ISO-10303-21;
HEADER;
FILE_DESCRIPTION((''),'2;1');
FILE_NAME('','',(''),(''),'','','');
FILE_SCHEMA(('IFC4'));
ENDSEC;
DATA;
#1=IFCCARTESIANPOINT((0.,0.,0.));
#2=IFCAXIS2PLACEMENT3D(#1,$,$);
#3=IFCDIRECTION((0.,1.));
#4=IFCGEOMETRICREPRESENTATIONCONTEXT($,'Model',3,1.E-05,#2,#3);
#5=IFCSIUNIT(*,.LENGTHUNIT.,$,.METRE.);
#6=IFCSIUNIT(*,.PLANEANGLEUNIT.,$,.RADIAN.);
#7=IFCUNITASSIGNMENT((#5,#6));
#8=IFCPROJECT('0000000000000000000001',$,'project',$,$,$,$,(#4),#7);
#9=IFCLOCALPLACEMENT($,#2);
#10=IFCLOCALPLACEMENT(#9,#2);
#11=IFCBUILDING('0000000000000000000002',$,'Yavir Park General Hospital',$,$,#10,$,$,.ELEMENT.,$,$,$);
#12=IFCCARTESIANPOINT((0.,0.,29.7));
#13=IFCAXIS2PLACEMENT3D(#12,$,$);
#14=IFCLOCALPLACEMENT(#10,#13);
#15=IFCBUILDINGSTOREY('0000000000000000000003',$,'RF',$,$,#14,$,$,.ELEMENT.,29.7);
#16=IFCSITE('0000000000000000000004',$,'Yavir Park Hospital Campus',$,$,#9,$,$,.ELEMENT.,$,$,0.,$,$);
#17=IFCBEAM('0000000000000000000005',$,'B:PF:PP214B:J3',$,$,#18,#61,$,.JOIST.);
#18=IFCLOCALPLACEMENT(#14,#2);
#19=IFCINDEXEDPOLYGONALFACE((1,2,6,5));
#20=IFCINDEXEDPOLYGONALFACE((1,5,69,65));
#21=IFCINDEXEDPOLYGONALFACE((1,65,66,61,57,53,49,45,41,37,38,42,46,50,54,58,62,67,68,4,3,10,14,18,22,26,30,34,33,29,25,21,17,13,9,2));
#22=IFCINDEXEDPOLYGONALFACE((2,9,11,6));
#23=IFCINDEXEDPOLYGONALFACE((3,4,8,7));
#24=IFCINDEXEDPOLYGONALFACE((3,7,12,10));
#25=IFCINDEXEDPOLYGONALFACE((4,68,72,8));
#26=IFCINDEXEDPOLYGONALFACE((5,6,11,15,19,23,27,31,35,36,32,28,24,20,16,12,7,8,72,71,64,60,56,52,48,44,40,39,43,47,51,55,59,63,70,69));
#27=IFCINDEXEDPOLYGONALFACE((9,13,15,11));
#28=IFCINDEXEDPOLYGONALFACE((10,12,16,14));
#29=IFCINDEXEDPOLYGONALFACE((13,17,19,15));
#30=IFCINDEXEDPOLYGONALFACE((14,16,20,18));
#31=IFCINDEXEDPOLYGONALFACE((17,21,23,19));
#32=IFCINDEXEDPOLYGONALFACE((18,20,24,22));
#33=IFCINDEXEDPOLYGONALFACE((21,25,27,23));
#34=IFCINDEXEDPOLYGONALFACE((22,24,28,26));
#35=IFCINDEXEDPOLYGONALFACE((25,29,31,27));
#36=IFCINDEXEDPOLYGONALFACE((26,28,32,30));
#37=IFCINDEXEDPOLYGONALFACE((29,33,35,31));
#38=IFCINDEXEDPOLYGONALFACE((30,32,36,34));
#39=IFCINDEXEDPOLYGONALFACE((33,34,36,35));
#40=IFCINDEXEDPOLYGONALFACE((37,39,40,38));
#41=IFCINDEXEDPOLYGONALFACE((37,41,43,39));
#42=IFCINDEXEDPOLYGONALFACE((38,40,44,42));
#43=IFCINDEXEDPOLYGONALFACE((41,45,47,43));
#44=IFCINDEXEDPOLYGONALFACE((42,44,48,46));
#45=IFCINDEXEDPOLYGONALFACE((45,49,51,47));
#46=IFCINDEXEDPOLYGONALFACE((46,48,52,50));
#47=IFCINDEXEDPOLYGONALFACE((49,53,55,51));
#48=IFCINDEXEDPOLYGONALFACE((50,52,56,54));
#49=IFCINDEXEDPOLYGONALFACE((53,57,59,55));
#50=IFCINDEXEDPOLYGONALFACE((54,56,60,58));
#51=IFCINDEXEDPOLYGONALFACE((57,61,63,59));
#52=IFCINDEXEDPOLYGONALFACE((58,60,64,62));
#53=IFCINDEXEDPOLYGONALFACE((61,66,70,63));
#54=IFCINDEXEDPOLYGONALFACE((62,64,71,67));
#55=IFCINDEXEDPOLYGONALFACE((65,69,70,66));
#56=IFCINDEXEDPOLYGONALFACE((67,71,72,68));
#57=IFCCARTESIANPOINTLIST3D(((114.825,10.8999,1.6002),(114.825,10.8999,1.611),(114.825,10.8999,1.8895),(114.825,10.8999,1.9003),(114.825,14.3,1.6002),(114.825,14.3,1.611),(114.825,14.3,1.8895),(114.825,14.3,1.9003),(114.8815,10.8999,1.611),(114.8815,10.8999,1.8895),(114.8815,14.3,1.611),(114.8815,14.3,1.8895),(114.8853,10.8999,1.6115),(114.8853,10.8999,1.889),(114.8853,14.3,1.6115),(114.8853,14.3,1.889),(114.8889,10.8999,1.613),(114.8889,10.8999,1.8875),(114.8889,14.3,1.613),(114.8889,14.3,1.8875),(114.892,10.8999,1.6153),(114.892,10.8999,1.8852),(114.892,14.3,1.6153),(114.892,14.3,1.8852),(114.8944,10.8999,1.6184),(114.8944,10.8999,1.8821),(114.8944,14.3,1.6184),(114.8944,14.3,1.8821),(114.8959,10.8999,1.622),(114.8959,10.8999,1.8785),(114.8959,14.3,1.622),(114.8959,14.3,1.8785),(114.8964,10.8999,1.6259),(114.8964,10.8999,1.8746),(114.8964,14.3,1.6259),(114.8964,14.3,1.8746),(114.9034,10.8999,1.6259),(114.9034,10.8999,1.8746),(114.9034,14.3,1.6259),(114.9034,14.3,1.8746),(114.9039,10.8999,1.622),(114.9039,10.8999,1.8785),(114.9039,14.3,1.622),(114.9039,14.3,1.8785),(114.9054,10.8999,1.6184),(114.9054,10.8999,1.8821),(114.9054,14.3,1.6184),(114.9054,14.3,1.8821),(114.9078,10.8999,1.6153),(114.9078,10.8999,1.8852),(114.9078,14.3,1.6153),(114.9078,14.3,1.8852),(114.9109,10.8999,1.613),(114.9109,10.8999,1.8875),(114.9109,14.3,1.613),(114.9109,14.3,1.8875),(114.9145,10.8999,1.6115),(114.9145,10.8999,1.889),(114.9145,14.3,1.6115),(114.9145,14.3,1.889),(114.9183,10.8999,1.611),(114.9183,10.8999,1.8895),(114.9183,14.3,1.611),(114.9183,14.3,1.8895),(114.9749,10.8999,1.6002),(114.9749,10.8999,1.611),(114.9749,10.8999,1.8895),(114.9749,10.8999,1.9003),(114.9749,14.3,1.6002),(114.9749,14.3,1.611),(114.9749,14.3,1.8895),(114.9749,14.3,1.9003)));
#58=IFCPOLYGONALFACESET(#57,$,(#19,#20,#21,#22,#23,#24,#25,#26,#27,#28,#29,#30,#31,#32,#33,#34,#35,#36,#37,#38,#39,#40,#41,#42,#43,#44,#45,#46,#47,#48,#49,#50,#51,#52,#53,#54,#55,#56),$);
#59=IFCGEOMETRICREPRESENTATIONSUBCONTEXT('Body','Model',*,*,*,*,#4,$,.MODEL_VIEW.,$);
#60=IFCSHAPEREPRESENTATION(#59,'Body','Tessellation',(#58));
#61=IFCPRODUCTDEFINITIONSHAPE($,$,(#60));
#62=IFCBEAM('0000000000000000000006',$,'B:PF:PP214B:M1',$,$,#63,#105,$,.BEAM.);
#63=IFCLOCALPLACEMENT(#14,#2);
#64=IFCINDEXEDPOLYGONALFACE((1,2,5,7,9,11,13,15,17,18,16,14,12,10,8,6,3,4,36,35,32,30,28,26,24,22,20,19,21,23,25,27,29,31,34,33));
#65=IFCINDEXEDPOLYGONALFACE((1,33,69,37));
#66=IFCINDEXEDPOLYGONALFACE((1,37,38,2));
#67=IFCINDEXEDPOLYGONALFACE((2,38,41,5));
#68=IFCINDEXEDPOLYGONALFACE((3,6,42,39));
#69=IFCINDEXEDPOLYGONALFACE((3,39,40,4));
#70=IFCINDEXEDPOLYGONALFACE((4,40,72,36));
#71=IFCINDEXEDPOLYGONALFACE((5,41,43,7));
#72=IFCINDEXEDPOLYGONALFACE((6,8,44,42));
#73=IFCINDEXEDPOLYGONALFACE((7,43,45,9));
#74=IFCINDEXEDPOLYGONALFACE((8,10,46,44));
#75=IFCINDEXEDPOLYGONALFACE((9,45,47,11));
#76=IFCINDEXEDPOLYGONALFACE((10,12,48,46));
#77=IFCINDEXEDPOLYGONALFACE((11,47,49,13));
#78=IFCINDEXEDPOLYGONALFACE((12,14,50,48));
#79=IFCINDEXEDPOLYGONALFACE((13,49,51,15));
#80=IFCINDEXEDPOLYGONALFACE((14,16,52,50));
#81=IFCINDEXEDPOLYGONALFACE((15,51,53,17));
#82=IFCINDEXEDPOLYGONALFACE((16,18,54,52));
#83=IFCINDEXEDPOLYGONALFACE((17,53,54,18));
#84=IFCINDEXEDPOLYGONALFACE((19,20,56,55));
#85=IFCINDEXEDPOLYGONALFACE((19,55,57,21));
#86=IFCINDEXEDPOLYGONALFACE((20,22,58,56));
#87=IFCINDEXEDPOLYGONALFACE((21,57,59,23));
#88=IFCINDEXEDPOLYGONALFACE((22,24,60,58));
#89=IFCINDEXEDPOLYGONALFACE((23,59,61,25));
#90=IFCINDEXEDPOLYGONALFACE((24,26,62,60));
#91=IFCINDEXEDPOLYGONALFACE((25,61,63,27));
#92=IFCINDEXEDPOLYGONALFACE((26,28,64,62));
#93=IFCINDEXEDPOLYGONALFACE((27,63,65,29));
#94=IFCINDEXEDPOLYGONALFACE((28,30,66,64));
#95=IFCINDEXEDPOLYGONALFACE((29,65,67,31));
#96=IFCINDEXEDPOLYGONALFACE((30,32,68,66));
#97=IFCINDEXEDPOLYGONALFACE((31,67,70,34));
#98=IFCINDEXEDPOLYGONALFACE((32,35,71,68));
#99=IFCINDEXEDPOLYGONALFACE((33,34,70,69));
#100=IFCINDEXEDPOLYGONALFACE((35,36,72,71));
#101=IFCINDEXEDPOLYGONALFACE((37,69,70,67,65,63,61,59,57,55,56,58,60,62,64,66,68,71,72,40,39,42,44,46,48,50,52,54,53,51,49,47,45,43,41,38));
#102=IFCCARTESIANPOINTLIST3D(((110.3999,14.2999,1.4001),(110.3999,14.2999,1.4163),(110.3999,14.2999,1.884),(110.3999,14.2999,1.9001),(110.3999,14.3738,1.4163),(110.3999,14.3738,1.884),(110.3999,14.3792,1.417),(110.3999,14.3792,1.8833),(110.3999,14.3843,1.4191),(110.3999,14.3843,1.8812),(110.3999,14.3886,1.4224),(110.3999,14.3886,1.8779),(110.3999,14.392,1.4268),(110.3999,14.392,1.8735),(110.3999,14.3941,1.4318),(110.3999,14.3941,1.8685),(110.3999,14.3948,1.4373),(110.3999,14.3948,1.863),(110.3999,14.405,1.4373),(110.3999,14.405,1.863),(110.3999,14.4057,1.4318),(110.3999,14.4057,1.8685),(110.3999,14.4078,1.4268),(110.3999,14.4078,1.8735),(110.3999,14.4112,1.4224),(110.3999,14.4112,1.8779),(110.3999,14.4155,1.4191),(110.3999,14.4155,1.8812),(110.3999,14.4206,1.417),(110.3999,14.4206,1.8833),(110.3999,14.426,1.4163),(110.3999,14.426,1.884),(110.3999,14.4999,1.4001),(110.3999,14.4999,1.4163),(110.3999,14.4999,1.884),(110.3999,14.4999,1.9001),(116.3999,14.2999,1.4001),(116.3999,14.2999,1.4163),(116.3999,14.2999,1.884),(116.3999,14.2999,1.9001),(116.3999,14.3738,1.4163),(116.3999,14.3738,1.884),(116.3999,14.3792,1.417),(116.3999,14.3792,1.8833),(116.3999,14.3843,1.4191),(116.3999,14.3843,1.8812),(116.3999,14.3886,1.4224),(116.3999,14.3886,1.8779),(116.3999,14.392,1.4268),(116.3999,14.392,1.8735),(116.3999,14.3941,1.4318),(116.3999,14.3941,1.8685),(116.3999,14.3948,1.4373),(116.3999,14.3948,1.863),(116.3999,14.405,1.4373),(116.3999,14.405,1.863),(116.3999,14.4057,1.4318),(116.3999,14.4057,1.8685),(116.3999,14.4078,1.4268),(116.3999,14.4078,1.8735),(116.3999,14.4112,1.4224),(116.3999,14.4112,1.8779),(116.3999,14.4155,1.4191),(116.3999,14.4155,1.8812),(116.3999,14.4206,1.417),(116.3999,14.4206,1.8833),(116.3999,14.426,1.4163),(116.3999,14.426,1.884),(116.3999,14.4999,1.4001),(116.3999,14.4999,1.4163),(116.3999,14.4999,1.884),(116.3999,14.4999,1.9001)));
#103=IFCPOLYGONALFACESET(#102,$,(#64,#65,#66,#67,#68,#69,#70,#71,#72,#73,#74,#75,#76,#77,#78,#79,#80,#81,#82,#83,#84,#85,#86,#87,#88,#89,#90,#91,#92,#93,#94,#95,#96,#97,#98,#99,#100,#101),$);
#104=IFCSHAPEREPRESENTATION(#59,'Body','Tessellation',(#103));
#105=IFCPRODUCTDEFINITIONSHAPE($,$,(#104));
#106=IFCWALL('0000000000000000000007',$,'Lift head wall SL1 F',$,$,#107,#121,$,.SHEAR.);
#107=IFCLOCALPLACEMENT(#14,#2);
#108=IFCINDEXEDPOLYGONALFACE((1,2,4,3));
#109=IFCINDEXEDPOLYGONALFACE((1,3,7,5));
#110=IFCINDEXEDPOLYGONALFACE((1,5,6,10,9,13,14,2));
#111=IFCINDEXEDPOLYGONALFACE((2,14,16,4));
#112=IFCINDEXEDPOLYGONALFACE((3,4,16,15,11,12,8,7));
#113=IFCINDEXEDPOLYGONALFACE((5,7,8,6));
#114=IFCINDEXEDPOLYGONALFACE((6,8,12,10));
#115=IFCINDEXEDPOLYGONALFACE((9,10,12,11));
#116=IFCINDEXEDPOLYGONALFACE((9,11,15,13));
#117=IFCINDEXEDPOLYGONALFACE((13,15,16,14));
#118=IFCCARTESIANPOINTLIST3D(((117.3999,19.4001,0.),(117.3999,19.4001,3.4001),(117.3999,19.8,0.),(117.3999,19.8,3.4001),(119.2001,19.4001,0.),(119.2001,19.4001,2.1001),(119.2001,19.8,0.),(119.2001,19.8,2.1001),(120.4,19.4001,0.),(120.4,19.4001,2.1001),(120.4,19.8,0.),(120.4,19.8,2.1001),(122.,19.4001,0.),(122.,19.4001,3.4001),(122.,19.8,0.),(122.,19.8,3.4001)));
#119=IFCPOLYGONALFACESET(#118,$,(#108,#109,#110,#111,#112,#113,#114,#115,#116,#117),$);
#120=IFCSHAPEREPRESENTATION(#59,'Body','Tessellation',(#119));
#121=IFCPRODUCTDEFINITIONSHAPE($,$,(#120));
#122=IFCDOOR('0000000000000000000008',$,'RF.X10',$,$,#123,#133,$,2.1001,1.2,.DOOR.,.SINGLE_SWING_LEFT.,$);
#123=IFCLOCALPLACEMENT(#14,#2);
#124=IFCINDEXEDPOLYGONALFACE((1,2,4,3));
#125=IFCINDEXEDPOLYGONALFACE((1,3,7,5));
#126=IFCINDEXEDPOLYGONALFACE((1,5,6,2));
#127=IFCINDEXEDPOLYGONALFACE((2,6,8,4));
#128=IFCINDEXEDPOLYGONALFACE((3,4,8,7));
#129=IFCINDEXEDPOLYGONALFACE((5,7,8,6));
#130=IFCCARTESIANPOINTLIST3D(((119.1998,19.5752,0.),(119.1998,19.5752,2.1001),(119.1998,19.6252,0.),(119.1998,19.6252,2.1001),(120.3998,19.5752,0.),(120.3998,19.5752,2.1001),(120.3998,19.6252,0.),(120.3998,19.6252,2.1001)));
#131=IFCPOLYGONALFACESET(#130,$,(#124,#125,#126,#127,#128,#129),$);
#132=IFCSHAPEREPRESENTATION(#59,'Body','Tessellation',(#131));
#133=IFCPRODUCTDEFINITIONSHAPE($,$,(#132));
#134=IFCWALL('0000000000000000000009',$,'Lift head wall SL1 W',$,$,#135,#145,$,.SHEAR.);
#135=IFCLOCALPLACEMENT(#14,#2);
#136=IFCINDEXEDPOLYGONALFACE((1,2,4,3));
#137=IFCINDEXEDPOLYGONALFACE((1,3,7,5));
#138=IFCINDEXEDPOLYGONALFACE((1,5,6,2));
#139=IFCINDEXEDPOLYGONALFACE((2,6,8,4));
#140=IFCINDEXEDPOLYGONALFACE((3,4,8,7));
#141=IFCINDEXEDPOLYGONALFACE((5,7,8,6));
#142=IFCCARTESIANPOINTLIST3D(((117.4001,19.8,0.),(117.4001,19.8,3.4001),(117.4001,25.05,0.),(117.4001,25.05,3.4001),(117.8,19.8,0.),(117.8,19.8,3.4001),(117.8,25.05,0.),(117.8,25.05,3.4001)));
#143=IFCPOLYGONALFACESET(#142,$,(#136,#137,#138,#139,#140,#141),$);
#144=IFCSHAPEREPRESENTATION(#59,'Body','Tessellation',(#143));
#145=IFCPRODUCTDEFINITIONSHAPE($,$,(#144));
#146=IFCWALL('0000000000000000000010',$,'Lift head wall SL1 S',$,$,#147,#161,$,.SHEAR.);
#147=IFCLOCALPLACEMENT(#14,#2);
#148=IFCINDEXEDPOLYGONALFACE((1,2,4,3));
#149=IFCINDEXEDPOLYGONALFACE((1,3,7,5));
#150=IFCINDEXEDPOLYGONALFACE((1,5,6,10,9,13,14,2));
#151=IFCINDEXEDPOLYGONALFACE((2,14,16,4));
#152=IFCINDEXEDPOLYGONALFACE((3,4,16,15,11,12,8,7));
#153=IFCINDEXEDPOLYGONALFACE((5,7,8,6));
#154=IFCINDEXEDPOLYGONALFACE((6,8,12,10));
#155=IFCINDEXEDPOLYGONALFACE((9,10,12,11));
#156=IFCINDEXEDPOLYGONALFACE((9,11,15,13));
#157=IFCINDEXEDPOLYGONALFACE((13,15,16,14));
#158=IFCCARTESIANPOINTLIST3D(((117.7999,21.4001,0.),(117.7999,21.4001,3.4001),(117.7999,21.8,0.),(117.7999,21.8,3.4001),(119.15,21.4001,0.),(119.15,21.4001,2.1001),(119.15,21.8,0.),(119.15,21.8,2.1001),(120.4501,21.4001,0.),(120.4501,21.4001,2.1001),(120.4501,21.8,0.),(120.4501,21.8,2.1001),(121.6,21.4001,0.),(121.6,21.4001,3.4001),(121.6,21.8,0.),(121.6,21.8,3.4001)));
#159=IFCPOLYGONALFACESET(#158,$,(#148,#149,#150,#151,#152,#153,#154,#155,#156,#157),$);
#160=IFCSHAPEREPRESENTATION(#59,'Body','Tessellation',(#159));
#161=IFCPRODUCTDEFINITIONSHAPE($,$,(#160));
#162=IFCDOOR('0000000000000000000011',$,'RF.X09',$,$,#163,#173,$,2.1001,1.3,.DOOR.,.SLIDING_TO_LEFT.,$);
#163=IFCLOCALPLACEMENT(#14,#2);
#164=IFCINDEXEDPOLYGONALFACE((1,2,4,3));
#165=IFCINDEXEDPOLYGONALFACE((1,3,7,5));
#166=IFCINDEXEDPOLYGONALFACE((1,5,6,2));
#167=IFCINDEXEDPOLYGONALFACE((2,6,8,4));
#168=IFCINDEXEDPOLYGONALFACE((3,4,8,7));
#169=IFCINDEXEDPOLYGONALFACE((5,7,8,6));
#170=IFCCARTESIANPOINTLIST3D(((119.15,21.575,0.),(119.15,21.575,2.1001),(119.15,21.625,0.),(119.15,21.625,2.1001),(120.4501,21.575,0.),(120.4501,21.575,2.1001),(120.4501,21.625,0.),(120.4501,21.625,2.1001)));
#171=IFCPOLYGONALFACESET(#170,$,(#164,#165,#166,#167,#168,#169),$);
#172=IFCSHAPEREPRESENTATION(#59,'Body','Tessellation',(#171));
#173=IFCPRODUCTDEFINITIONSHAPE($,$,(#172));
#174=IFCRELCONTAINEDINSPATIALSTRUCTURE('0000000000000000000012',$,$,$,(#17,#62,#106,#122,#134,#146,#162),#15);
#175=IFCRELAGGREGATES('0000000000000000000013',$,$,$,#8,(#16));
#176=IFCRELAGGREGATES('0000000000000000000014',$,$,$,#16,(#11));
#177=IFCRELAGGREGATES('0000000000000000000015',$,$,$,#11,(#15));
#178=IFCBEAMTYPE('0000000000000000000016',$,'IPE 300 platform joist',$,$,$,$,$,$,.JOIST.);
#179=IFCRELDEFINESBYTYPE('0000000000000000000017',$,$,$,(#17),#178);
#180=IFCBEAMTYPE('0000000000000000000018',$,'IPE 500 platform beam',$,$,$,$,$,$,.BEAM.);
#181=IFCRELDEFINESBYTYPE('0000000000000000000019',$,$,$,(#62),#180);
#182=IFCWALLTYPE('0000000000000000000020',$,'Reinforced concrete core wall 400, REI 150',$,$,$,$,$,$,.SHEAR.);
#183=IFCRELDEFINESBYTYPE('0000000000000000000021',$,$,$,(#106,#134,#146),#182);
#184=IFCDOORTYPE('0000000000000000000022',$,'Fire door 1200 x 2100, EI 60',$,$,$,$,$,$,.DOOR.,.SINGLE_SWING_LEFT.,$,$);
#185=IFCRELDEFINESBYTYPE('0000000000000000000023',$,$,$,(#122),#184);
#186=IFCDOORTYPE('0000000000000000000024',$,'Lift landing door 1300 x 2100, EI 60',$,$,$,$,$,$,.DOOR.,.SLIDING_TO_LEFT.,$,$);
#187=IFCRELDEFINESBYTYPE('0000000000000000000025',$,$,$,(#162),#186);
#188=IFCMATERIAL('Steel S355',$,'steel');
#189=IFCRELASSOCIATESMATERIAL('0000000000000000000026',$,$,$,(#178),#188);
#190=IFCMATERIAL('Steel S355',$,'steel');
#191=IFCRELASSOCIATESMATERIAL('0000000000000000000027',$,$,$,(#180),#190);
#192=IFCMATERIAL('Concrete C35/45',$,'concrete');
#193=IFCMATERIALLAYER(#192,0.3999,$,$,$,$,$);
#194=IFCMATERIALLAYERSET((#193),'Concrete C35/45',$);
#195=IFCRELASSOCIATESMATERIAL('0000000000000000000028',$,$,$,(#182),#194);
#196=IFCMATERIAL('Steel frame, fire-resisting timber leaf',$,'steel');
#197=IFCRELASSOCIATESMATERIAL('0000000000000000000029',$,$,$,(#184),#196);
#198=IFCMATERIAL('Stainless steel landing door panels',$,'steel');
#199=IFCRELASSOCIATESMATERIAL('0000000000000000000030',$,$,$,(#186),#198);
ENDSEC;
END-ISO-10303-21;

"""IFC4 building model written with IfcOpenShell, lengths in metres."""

from ifc_helpers import new_model, si_unit, direction, frame, frame_2d, origin, origin_2d, place, context, subcontext, project, spatial, rectangle, i_section, extrude, material, layer, layer_set, material_profile, profile_set, type_object, element, fill, save


model = new_model("IFC4")

# Units and contexts
model_context = context("Model", 3, precision=1e-05, world=origin(), true_north=direction((0.0, 1.0)))
body_context = subcontext(model_context, "Body", "Model", "MODEL_VIEW")
ifc_project = project(units=[si_unit("LENGTHUNIT", "METRE"), si_unit("PLANEANGLEUNIT", "RADIAN")], contexts=[model_context])

# Site, building, storey
site_placement = place(None, origin())
site = spatial("IfcSite", under=ifc_project, at=site_placement, Name="Yavir Park Hospital Campus", CompositionType="ELEMENT", RefElevation=0.0)
building_placement = place(site_placement, origin())
building = spatial("IfcBuilding", under=site, at=building_placement, Name="Yavir Park General Hospital", CompositionType="ELEMENT")
storey_placement = place(building_placement, frame((0.0, 0.0, 29.7)))
storey = spatial("IfcBuildingStorey", under=building, at=storey_placement, Name="RF", CompositionType="ELEMENT", Elevation=29.7)

# Beams
ifc_material_1 = material(Name="Steel S355", Category="steel")
ifc_material_profile_1 = material_profile(ifc_material_1, i_section(OverallWidth=0.1499, OverallDepth=0.3, WebThickness=0.0071, FlangeThickness=0.0107, FilletRadius=0.0149, at=origin_2d()), Name="IPE300")
ifc_profile_set_1 = profile_set([ifc_material_profile_1], Name="Steel S355")
beam_type_1 = type_object("IfcBeamType", Name="IPE 300 platform joist", PredefinedType="JOIST", material=ifc_profile_set_1)
for number, where, z_axis, x_axis, name in (
    (1, (114.8999, 10.8999, 1.7502), (0.0, 1.0, 0.0), (-1.0, 0.0, 0.0), "B:PF:PP214B:J3"),
):
    element("IfcBeam", number, at=place(storey_placement, frame(where, z_axis=z_axis, x_axis=x_axis)), inside=storey, type_object=beam_type_1, Name=name, PredefinedType="JOIST", context=body_context, shape_type="SweptSolid", body=[
        extrude(i_section(OverallWidth=0.1499, OverallDepth=0.3, WebThickness=0.0071, FlangeThickness=0.0107, FilletRadius=0.0149, at=origin_2d()), origin(), (0.0, 0.0, 1.0), 3.4001),
    ])
ifc_material_2 = material(Name="Steel S355", Category="steel")
ifc_material_profile_2 = material_profile(ifc_material_2, i_section(OverallWidth=0.2, OverallDepth=0.5, WebThickness=0.0103, FlangeThickness=0.0161, FilletRadius=0.021, at=origin_2d()), Name="IPE500")
ifc_profile_set_2 = profile_set([ifc_material_profile_2], Name="Steel S355")
beam_type_2 = type_object("IfcBeamType", Name="IPE 500 platform beam", PredefinedType="BEAM", material=ifc_profile_set_2)
beam_1_placement = place(storey_placement, frame((110.3999, 14.3999, 1.6501), z_axis=(1.0, 0.0, 0.0), x_axis=(0.0, 1.0, 0.0)))
element("IfcBeam", 2, at=beam_1_placement, inside=storey, type_object=beam_type_2, Name="B:PF:PP214B:M1", PredefinedType="BEAM", context=body_context, shape_type="SweptSolid", body=[
    extrude(i_section(OverallWidth=0.2, OverallDepth=0.5, WebThickness=0.0103, FlangeThickness=0.0161, FilletRadius=0.021, at=origin_2d()), origin(), (0.0, 0.0, 1.0), 6.0),
])

# Wall, opening, door
ifc_material_3 = material(Name="Concrete C35/45", Category="concrete")
ifc_layer_1 = layer(ifc_material_3, 0.3999)
ifc_layer_set_1 = layer_set([ifc_layer_1], Name="Concrete C35/45")
wall_type_1 = type_object("IfcWallType", Name="Reinforced concrete core wall 400, REI 150", PredefinedType="SHEAR", material=ifc_layer_set_1)
wall_1_placement = place(storey_placement, frame((117.3999, 19.6001, 0.0), z_axis=(0.0, 0.0, 1.0), x_axis=(1.0, 0.0, 0.0)))
wall_1 = element("IfcWall", 3, at=wall_1_placement, inside=storey, type_object=wall_type_1, Name="Lift head wall SL1 F", PredefinedType="SHEAR", context=body_context, shape_type="SweptSolid", body=[
    extrude(rectangle(XDim=4.6001, YDim=0.3999, at=frame_2d((2.3, 0.0))), origin(), (0.0, 0.0, 1.0), 3.4001),
])
opening_1_placement = place(wall_1_placement, frame((1.8, 0.0, 0.0)))
opening_1 = element("IfcOpeningElement", 4, at=opening_1_placement, cuts=wall_1, PredefinedType="OPENING", context=body_context, shape_type="SweptSolid", body=[
    extrude(rectangle(XDim=1.2, YDim=2.1001, at=frame_2d((0.6001, 1.05))), frame((0.0, 0.21, 0.0), z_axis=(0.0, -1.0, 0.0), x_axis=(1.0, 0.0, 0.0)), (0.0, 0.0, 1.0), 0.4199),
])
ifc_material_4 = material(Name="Steel frame, fire-resisting timber leaf", Category="steel")
door_type_1 = type_object("IfcDoorType", Name="Fire door 1200 x 2100, EI 60", OperationType="SINGLE_SWING_LEFT", PredefinedType="DOOR", material=ifc_material_4)
door_1_placement = place(opening_1_placement, frame((1.2, 0.0, 0.0), x_axis=(-1.0, 0.0, 0.0)))
door_1 = element("IfcDoor", 5, at=door_1_placement, inside=storey, type_object=door_type_1, Name="RF.X10", OperationType="SINGLE_SWING_LEFT", OverallHeight=2.1001, OverallWidth=1.2, PredefinedType="DOOR", context=body_context, shape_type="SweptSolid", body=[
    extrude(rectangle(XDim=1.2, YDim=2.1001, at=frame_2d((0.6001, 1.05))), frame((0.0, 0.0249, 0.0), z_axis=(0.0, -1.0, 0.0), x_axis=(1.0, 0.0, 0.0)), (0.0, 0.0, 1.0), 0.05),
])
fill(opening_1, door_1)

# Wall
wall_2_placement = place(storey_placement, frame((117.6001, 19.8, 0.0), z_axis=(0.0, 0.0, 1.0), x_axis=(0.0, 1.0, 0.0)))
element("IfcWall", 6, at=wall_2_placement, inside=storey, type_object=wall_type_1, Name="Lift head wall SL1 W", PredefinedType="SHEAR", context=body_context, shape_type="SweptSolid", body=[
    extrude(rectangle(XDim=5.25, YDim=0.3999, at=frame_2d((2.625, 0.0))), origin(), (0.0, 0.0, 1.0), 3.4001),
])

# Wall, opening, door
wall_3_placement = place(storey_placement, frame((117.8, 21.6001, 0.0), z_axis=(0.0, 0.0, 1.0), x_axis=(1.0, 0.0, 0.0)))
wall_3 = element("IfcWall", 7, at=wall_3_placement, inside=storey, type_object=wall_type_1, Name="Lift head wall SL1 S", PredefinedType="SHEAR", context=body_context, shape_type="SweptSolid", body=[
    extrude(rectangle(XDim=3.8, YDim=0.3999, at=frame_2d((1.8999, 0.0))), origin(), (0.0, 0.0, 1.0), 3.4001),
])
opening_2_placement = place(wall_3_placement, frame((1.3501, 0.0, 0.0)))
opening_2 = element("IfcOpeningElement", 8, at=opening_2_placement, cuts=wall_3, PredefinedType="OPENING", context=body_context, shape_type="SweptSolid", body=[
    extrude(rectangle(XDim=1.3, YDim=2.1001, at=frame_2d((0.6499, 1.05))), frame((0.0, 0.21, 0.0), z_axis=(0.0, -1.0, 0.0), x_axis=(1.0, 0.0, 0.0)), (0.0, 0.0, 1.0), 0.4199),
])
ifc_material_5 = material(Name="Stainless steel landing door panels", Category="steel")
door_type_2 = type_object("IfcDoorType", Name="Lift landing door 1300 x 2100, EI 60", OperationType="SLIDING_TO_LEFT", PredefinedType="DOOR", material=ifc_material_5)
door_2_placement = place(opening_2_placement, origin())
door_2 = element("IfcDoor", 9, at=door_2_placement, inside=storey, type_object=door_type_2, Name="RF.X09", OperationType="SLIDING_TO_LEFT", OverallHeight=2.1001, OverallWidth=1.3, PredefinedType="DOOR", context=body_context, shape_type="SweptSolid", body=[
    extrude(rectangle(XDim=1.3, YDim=2.1001, at=frame_2d((0.6499, 1.05))), frame((0.0, 0.0249, 0.0), z_axis=(0.0, -1.0, 0.0), x_axis=(1.0, 0.0, 0.0)), (0.0, 0.0, 1.0), 0.05),
])
fill(opening_2, door_2)

save(model, "model.ifc")
